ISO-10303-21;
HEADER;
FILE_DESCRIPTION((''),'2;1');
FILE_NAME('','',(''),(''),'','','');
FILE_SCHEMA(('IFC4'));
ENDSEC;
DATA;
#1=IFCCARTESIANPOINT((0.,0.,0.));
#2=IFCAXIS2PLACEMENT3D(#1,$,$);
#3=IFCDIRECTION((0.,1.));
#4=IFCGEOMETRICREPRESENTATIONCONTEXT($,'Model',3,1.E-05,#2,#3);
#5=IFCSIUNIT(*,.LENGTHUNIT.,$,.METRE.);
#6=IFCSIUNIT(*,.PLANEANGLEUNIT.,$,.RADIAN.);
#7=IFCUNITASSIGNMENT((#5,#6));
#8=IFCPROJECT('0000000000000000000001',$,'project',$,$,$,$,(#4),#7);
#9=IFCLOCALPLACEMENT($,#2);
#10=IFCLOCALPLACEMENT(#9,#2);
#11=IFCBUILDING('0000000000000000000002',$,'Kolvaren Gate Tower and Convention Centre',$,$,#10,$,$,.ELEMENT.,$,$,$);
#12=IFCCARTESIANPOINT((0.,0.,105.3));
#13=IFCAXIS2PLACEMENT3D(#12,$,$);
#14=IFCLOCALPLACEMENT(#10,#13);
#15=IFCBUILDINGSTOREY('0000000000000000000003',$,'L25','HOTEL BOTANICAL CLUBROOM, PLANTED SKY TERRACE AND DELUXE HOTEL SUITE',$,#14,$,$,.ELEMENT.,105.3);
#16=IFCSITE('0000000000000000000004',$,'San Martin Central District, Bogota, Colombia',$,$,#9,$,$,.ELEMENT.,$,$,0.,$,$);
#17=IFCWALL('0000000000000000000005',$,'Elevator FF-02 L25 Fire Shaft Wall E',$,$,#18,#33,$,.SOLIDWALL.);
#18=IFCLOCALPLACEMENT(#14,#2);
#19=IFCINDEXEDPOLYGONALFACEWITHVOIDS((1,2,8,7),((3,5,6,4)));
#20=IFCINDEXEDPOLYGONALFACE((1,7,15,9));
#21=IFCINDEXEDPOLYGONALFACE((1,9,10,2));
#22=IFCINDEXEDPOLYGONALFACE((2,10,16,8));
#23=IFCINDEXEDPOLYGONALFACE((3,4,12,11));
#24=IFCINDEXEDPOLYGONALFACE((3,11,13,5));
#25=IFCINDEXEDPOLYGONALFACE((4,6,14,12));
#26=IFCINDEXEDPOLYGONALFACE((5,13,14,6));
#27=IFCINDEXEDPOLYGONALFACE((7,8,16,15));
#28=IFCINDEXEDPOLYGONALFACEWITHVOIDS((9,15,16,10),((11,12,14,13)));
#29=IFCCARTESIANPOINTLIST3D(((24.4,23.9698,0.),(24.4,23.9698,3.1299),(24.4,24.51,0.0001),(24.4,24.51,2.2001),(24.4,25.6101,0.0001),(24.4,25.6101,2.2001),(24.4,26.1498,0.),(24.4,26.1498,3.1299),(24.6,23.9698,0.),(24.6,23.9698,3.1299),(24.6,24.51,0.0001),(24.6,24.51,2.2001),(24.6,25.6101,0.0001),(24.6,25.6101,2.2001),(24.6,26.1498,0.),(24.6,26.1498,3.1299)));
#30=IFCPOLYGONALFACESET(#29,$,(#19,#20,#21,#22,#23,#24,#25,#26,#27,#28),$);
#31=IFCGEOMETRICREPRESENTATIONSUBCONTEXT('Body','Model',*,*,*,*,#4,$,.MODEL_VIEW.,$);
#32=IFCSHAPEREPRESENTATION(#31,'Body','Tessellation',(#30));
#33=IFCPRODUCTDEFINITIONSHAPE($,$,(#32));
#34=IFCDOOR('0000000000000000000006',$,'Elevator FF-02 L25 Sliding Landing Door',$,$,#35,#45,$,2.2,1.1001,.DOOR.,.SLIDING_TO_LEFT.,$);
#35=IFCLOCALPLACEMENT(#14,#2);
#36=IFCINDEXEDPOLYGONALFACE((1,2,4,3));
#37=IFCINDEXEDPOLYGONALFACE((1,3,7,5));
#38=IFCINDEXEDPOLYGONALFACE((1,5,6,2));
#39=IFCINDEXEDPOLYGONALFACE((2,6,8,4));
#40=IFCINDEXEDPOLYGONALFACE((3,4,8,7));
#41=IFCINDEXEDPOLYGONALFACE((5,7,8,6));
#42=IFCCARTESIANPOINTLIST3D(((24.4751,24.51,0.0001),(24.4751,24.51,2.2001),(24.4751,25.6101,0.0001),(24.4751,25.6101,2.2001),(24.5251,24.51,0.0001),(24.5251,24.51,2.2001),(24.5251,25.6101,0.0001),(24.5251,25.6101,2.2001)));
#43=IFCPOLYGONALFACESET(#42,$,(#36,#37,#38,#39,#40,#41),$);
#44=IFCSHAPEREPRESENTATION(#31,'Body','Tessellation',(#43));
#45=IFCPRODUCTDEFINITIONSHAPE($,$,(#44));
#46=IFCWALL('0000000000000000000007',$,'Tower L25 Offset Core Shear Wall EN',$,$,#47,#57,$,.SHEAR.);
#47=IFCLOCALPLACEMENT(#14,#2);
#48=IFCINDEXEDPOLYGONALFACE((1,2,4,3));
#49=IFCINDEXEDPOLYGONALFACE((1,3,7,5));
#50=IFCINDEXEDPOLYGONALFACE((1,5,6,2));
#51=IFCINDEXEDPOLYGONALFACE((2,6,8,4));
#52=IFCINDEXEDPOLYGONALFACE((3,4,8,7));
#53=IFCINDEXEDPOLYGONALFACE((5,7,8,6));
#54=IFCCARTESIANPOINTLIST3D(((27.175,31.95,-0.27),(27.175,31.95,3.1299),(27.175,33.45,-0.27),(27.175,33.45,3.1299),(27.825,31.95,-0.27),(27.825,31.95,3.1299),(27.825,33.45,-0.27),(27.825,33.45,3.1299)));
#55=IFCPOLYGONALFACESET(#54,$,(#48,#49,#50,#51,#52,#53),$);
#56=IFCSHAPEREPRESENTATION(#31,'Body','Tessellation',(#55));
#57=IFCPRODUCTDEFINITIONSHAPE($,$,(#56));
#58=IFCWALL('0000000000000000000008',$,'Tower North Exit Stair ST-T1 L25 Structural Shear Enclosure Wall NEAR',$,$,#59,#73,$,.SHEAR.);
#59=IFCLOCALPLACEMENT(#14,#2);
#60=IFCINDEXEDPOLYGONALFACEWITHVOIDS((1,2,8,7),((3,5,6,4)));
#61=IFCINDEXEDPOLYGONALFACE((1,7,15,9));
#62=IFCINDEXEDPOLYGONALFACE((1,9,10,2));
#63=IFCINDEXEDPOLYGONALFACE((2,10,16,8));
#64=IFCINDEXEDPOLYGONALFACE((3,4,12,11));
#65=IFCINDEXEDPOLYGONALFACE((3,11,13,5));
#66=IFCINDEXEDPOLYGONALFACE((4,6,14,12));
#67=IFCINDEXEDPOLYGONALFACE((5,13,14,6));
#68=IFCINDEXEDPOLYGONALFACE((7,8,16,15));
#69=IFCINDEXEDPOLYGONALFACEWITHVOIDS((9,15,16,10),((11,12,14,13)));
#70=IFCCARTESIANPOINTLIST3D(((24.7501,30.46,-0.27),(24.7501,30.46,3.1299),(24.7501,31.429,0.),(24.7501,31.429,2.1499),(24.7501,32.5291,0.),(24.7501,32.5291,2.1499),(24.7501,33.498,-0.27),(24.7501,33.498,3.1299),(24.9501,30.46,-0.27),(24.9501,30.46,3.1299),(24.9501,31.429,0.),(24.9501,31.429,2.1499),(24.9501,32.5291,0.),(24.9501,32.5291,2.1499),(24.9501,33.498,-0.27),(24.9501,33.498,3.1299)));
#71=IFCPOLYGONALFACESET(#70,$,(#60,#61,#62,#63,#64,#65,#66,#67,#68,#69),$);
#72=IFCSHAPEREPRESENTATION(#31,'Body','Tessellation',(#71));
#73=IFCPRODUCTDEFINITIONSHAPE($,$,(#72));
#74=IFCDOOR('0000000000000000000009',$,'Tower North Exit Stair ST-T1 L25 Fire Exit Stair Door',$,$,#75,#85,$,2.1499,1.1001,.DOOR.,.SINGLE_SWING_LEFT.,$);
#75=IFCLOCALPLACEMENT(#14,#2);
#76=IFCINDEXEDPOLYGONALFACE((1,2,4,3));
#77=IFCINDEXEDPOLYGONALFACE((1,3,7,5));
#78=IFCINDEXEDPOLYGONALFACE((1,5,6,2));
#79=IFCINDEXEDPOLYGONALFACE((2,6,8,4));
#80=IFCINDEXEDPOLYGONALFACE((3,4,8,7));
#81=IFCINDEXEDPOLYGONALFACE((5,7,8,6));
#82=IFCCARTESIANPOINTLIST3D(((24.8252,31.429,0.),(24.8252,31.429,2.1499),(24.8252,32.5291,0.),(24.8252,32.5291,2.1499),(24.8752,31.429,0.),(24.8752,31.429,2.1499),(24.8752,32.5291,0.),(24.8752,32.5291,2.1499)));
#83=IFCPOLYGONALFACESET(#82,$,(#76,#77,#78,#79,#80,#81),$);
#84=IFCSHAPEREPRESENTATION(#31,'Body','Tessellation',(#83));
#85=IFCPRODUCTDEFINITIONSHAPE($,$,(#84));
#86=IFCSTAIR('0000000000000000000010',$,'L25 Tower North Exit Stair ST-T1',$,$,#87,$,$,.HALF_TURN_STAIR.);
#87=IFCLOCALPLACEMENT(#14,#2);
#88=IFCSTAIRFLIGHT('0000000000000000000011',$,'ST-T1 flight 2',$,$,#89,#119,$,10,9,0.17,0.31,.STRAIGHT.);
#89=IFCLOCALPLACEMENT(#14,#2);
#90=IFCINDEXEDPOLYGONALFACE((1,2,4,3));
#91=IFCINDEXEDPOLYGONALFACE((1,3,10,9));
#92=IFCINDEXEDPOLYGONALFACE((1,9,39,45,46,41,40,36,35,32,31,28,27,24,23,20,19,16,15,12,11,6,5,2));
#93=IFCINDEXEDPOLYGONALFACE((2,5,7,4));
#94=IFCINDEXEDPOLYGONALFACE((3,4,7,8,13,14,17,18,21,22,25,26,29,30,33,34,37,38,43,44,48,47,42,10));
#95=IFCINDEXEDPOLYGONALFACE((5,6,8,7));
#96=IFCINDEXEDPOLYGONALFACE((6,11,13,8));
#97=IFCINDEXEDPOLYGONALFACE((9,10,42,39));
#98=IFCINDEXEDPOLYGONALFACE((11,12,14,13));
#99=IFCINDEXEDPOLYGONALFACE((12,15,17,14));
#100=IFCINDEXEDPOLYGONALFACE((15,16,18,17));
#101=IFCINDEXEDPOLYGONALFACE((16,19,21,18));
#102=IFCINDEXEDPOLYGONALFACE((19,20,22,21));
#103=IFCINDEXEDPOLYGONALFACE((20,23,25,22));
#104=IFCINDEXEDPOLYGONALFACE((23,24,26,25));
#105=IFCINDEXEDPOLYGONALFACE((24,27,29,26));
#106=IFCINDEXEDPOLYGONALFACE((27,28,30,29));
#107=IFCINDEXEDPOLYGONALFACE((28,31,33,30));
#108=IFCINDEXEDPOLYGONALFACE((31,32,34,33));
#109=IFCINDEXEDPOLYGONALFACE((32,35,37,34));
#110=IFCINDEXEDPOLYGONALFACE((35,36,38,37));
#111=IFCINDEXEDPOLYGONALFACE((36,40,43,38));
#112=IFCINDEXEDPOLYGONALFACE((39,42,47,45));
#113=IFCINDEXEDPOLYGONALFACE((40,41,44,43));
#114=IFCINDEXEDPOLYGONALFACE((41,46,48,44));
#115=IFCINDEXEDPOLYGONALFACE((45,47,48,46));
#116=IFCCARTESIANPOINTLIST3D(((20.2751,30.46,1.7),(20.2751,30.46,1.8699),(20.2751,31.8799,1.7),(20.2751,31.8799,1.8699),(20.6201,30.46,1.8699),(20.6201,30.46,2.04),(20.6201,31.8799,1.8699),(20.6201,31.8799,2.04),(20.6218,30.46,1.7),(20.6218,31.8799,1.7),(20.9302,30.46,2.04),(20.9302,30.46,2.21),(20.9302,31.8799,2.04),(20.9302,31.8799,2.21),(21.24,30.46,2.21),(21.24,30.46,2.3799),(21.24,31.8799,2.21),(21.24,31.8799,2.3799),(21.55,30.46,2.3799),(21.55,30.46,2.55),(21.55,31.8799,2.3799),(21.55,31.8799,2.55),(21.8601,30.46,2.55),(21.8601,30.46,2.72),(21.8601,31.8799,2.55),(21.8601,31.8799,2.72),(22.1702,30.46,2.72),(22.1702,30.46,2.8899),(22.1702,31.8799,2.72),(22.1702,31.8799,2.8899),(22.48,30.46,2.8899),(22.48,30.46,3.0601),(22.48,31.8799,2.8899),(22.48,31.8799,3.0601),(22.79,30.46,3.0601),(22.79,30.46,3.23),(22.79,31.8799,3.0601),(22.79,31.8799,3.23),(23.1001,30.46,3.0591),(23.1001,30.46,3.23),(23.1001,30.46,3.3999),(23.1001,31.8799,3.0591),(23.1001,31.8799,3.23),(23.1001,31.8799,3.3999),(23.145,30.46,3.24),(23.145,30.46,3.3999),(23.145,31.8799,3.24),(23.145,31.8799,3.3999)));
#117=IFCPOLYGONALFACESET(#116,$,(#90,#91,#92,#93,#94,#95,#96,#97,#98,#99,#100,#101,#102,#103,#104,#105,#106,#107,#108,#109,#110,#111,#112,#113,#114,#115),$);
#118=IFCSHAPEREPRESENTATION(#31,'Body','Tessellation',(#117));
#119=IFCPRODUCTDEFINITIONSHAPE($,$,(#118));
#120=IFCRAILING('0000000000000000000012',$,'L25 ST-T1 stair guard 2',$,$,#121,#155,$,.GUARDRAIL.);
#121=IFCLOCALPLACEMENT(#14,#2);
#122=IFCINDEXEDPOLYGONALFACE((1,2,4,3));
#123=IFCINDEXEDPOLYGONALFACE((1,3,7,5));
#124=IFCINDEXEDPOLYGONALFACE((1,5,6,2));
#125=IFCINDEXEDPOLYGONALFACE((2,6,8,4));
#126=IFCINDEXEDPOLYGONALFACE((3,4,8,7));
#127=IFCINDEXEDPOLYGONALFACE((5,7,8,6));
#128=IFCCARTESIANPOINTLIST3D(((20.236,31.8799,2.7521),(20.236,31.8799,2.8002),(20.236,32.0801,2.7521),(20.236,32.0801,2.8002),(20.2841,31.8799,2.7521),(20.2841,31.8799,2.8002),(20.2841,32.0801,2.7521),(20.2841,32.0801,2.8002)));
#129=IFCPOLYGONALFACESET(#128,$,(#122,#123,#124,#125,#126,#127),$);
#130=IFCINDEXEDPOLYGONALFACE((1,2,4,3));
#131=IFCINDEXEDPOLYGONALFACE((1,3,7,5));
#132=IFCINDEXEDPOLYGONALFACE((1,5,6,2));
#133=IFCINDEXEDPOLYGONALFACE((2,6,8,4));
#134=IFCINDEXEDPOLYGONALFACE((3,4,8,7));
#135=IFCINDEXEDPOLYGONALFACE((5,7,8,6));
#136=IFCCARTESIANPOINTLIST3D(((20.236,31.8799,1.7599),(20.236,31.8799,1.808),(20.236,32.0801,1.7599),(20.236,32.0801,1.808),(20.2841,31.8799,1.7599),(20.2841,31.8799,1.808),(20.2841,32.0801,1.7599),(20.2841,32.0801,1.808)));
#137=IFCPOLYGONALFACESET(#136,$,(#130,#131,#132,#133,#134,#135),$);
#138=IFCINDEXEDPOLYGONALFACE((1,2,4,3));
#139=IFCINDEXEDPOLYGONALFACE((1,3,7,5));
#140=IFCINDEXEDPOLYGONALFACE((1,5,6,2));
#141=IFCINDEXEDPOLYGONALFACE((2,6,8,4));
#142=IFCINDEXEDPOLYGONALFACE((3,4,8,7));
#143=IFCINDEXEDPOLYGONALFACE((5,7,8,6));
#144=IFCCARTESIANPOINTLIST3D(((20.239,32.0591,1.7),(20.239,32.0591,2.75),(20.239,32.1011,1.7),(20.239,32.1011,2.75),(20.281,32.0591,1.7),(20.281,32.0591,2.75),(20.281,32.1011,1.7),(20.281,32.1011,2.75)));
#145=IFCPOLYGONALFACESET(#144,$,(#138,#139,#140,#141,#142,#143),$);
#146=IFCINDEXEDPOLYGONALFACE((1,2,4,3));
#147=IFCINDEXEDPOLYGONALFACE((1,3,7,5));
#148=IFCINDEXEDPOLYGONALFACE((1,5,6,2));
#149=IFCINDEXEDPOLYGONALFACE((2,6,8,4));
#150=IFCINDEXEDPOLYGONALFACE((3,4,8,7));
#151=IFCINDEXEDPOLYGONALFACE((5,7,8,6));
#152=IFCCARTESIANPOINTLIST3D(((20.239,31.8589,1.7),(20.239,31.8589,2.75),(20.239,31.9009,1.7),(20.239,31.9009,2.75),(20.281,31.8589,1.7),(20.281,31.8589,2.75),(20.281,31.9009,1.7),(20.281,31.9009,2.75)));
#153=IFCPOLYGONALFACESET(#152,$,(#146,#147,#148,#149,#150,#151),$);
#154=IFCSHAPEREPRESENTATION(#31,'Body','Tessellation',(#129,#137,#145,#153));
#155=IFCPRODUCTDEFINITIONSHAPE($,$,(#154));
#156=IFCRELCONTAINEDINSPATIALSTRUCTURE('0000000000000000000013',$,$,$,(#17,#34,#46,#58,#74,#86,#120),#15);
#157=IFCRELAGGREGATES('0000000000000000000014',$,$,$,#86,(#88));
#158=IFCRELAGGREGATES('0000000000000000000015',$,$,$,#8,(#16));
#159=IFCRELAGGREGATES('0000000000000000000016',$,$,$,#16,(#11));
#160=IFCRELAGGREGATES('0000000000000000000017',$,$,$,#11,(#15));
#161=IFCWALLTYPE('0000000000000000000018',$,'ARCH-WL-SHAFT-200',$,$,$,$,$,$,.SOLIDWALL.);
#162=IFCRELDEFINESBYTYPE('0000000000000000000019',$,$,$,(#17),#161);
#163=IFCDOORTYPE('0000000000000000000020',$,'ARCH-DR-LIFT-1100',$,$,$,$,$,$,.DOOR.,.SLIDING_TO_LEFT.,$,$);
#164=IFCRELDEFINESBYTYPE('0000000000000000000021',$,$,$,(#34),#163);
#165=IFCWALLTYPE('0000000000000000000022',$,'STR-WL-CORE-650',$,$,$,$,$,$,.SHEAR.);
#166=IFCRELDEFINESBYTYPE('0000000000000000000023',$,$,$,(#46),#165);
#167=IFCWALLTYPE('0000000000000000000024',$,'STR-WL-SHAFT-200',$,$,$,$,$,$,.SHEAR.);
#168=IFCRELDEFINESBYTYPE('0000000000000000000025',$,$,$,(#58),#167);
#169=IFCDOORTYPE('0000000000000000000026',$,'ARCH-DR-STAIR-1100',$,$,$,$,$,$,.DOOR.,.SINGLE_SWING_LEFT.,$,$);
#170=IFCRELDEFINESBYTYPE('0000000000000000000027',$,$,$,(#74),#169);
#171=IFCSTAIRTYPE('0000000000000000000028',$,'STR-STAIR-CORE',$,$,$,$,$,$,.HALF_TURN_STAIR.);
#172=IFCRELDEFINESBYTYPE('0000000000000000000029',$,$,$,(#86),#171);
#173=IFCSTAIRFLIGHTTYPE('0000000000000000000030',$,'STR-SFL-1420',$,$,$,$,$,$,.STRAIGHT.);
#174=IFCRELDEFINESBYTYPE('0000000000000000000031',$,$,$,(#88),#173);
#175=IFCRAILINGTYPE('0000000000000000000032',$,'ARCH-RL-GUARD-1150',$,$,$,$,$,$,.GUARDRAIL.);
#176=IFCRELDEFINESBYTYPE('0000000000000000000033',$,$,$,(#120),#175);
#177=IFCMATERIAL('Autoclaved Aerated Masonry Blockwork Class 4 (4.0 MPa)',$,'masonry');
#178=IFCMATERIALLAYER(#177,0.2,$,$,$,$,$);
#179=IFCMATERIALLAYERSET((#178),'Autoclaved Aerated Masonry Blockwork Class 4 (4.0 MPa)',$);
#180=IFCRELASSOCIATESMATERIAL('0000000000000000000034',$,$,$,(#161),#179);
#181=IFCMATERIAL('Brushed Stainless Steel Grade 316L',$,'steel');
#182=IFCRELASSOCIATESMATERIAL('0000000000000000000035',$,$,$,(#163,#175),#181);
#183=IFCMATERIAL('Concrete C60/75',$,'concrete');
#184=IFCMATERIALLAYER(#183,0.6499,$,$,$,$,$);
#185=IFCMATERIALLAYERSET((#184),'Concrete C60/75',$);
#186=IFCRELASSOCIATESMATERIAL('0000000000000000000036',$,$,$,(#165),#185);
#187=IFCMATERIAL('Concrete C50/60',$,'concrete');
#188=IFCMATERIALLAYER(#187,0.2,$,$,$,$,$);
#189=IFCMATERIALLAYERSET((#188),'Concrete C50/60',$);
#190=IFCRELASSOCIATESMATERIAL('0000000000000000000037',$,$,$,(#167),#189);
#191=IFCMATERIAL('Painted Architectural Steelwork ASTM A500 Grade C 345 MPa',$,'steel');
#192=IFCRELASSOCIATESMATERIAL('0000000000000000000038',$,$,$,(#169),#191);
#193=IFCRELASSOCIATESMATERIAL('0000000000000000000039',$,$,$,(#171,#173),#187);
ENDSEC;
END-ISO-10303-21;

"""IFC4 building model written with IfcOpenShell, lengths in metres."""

from ifc_helpers import new_model, si_unit, direction, frame, frame_2d, origin, origin_2d, place, context, subcontext, project, spatial, polyline, rectangle, outline, extrude, material, layer, layer_set, type_object, element, fill, aggregate, save


model = new_model("IFC4")

# Units and contexts
model_context = context("Model", 3, precision=1e-05, world=origin(), true_north=direction((0.0, 1.0)))
body_context = subcontext(model_context, "Body", "Model", "MODEL_VIEW")
ifc_project = project(units=[si_unit("LENGTHUNIT", "METRE"), si_unit("PLANEANGLEUNIT", "RADIAN")], contexts=[model_context])

# Site, building, storey
site_placement = place(None, origin())
site = spatial("IfcSite", under=ifc_project, at=site_placement, Name="San Martin Central District, Bogota, Colombia", CompositionType="ELEMENT", RefElevation=0.0)
building_placement = place(site_placement, origin())
building = spatial("IfcBuilding", under=site, at=building_placement, Name="Kolvaren Gate Tower and Convention Centre", CompositionType="ELEMENT")
storey_placement = place(building_placement, frame((0.0, 0.0, 105.3)))
storey = spatial("IfcBuildingStorey", under=building, at=storey_placement, Name="L25", Description="HOTEL BOTANICAL CLUBROOM, PLANTED SKY TERRACE AND DELUXE HOTEL SUITE", CompositionType="ELEMENT", Elevation=105.3)

# Shared definitions
ifc_material_1 = material(Name="Autoclaved Aerated Masonry Blockwork Class 4 (4.0 MPa)", Category="masonry")
ifc_layer_1 = layer(ifc_material_1, 0.2)
ifc_layer_set_1 = layer_set([ifc_layer_1], Name="Autoclaved Aerated Masonry Blockwork Class 4 (4.0 MPa)")
wall_type_1 = type_object("IfcWallType", Name="ARCH-WL-SHAFT-200", PredefinedType="SOLIDWALL", material=ifc_layer_set_1)

# Shared definitions
ifc_material_2 = material(Name="Brushed Stainless Steel Grade 316L", Category="steel")
door_type_1 = type_object("IfcDoorType", Name="ARCH-DR-LIFT-1100", OperationType="SLIDING_TO_LEFT", PredefinedType="DOOR", material=ifc_material_2)

# Wall, opening, door
wall_1_placement = place(storey_placement, frame((24.5, 23.97, 0.0), z_axis=(0.0, 0.0, 1.0), x_axis=(0.0, 1.0, 0.0)))
wall_1 = element("IfcWall", 1, at=wall_1_placement, inside=storey, type_object=wall_type_1, Name="Elevator FF-02 L25 Fire Shaft Wall E", PredefinedType="SOLIDWALL", context=body_context, shape_type="SweptSolid", body=[
    extrude(rectangle(XDim=2.1799, YDim=0.2, at=frame_2d((1.0898, 0.0))), origin(), (0.0, 0.0, 1.0), 3.1299),
])
opening_1_placement = place(wall_1_placement, frame((0.54, 0.0, 0.0)))
opening_1 = element("IfcOpeningElement", 2, at=opening_1_placement, cuts=wall_1, PredefinedType="OPENING", context=body_context, shape_type="SweptSolid", body=[
    extrude(rectangle(XDim=1.1001, YDim=2.2, at=frame_2d((0.55, 1.1001))), frame((0.0, 0.1099, 0.0), z_axis=(0.0, -1.0, 0.0), x_axis=(1.0, 0.0, 0.0)), (0.0, 0.0, 1.0), 0.22),
])
door_1_placement = place(opening_1_placement, origin())
door_1 = element("IfcDoor", 3, at=door_1_placement, inside=storey, type_object=door_type_1, Name="Elevator FF-02 L25 Sliding Landing Door", OperationType="SLIDING_TO_LEFT", OverallHeight=2.2, OverallWidth=1.1001, PredefinedType="DOOR", context=body_context, shape_type="SweptSolid", body=[
    extrude(rectangle(XDim=1.1001, YDim=2.2, at=frame_2d((0.55, 1.1001))), frame((0.0, 0.0249, 0.0), z_axis=(0.0, -1.0, 0.0), x_axis=(1.0, 0.0, 0.0)), (0.0, 0.0, 1.0), 0.05),
])
fill(opening_1, door_1)

# Wall
ifc_material_3 = material(Name="Concrete C60/75", Category="concrete")
ifc_layer_2 = layer(ifc_material_3, 0.6499)
ifc_layer_set_2 = layer_set([ifc_layer_2], Name="Concrete C60/75")
wall_type_2 = type_object("IfcWallType", Name="STR-WL-CORE-650", PredefinedType="SHEAR", material=ifc_layer_set_2)
wall_2_placement = place(storey_placement, frame((27.5, 31.95, -0.27), z_axis=(0.0, 0.0, 1.0), x_axis=(0.0, 1.0, 0.0)))
element("IfcWall", 4, at=wall_2_placement, inside=storey, type_object=wall_type_2, Name="Tower L25 Offset Core Shear Wall EN", PredefinedType="SHEAR", context=body_context, shape_type="SweptSolid", body=[
    extrude(rectangle(XDim=1.5, YDim=0.6499, at=frame_2d((0.75, 0.0))), origin(), (0.0, 0.0, 1.0), 3.3999),
])

# Wall, opening, door
ifc_material_4 = material(Name="Concrete C50/60", Category="concrete")
ifc_layer_3 = layer(ifc_material_4, 0.2)
ifc_layer_set_3 = layer_set([ifc_layer_3], Name="Concrete C50/60")
wall_type_3 = type_object("IfcWallType", Name="STR-WL-SHAFT-200", PredefinedType="SHEAR", material=ifc_layer_set_3)
wall_3_placement = place(storey_placement, frame((24.8501, 30.46, -0.27), z_axis=(0.0, 0.0, 1.0), x_axis=(0.0, 1.0, 0.0)))
wall_3 = element("IfcWall", 5, at=wall_3_placement, inside=storey, type_object=wall_type_3, Name="Tower North Exit Stair ST-T1 L25 Structural Shear Enclosure Wall NEAR", PredefinedType="SHEAR", context=body_context, shape_type="SweptSolid", body=[
    extrude(rectangle(XDim=3.0381, YDim=0.2, at=frame_2d((1.519, 0.0))), origin(), (0.0, 0.0, 1.0), 3.3999),
])
opening_2_placement = place(wall_3_placement, frame((0.969, 0.0, 0.27)))
opening_2 = element("IfcOpeningElement", 6, at=opening_2_placement, cuts=wall_3, PredefinedType="OPENING", context=body_context, shape_type="SweptSolid", body=[
    extrude(rectangle(XDim=1.1001, YDim=2.1499, at=frame_2d((0.55, 1.075))), frame((0.0, 0.1099, 0.0), z_axis=(0.0, -1.0, 0.0), x_axis=(1.0, 0.0, 0.0)), (0.0, 0.0, 1.0), 0.22),
])
ifc_material_5 = material(Name="Painted Architectural Steelwork ASTM A500 Grade C 345 MPa", Category="steel")
door_type_2 = type_object("IfcDoorType", Name="ARCH-DR-STAIR-1100", OperationType="SINGLE_SWING_LEFT", PredefinedType="DOOR", material=ifc_material_5)
door_2_placement = place(opening_2_placement, origin())
door_2 = element("IfcDoor", 7, at=door_2_placement, inside=storey, type_object=door_type_2, Name="Tower North Exit Stair ST-T1 L25 Fire Exit Stair Door", OperationType="SINGLE_SWING_LEFT", OverallHeight=2.1499, OverallWidth=1.1001, PredefinedType="DOOR", context=body_context, shape_type="SweptSolid", body=[
    extrude(rectangle(XDim=1.1001, YDim=2.1499, at=frame_2d((0.55, 1.075))), frame((0.0, 0.0249, 0.0), z_axis=(0.0, -1.0, 0.0), x_axis=(1.0, 0.0, 0.0)), (0.0, 0.0, 1.0), 0.05),
])
fill(opening_2, door_2)

# Stair, stair flight
stair_type = type_object("IfcStairType", Name="STR-STAIR-CORE", PredefinedType="HALF_TURN_STAIR", material=ifc_material_4)
stair_placement = place(storey_placement, origin())
stair = element("IfcStair", 8, at=stair_placement, inside=storey, type_object=stair_type, Name="L25 Tower North Exit Stair ST-T1", PredefinedType="HALF_TURN_STAIR")
stair_flight_type = type_object("IfcStairFlightType", Name="STR-SFL-1420", PredefinedType="STRAIGHT", material=ifc_material_4)
stair_flight_placement = place(storey_placement, frame((20.3101, 31.1699, 1.7), z_axis=(0.0, 0.0, 1.0), x_axis=(1.0, 0.0, 0.0)))
stair_flight = element("IfcStairFlight", 9, at=stair_flight_placement, type_object=stair_flight_type, Name="ST-T1 flight 2", NumberOfRisers=10, NumberOfTreads=9, PredefinedType="STRAIGHT", RiserHeight=0.17, TreadLength=0.31, context=body_context, shape_type="SweptSolid", body=[
    extrude(outline(polyline([(-0.0349, 0.0), (-0.0349, 0.1699), (0.3101, 0.1699), (0.3101, 0.3401), (0.6201, 0.3401), (0.6201, 0.51), (0.9299, 0.51), (0.9299, 0.6799), (1.24, 0.6799), (1.24, 0.8501), (1.55, 0.8501), (1.55, 1.02), (1.8601, 1.02), (1.8601, 1.1899), (2.1699, 1.1899), (2.1699, 1.3601), (2.48, 1.3601), (2.48, 1.53), (2.79, 1.53), (2.79, 1.7), (2.835, 1.7), (2.835, 1.54), (2.79, 1.3591), (0.3118, 0.0), (-0.0349, 0.0)])), frame((0.0, 0.71, 0.0), z_axis=(0.0, -1.0, 0.0), x_axis=(1.0, 0.0, 0.0)), (0.0, 0.0, 1.0), 1.4199),
])
aggregate(stair, [stair_flight])

# Railing
railing_type_1 = type_object("IfcRailingType", Name="ARCH-RL-GUARD-1150", PredefinedType="GUARDRAIL", material=ifc_material_2)
railing_1_placement = place(storey_placement, frame((20.26, 32.0801, 1.7)))
element("IfcRailing", 10, at=railing_1_placement, inside=storey, type_object=railing_type_1, Name="L25 ST-T1 stair guard 2", PredefinedType="GUARDRAIL", context=body_context, shape_type="SweptSolid", body=[
    extrude(rectangle(XDim=0.0481, YDim=0.0481, at=origin_2d()), frame((0.0, 0.0, 1.0762), z_axis=(0.0, -1.0, 0.0), x_axis=(1.0, 0.0, 0.0)), (0.0, 0.0, 1.0), 0.2002),
    extrude(rectangle(XDim=0.0481, YDim=0.0481, at=origin_2d()), frame((0.0, 0.0, 0.084), z_axis=(0.0, -1.0, 0.0), x_axis=(1.0, 0.0, 0.0)), (0.0, 0.0, 1.0), 0.2002),
    extrude(rectangle(XDim=0.042, YDim=0.042, at=origin_2d()), origin(), (0.0, 0.0, 1.0), 1.05),
    extrude(rectangle(XDim=0.042, YDim=0.042, at=origin_2d()), frame((0.0, -0.2002, 0.0)), (0.0, 0.0, 1.0), 1.05),
])

save(model, "model.ifc")
